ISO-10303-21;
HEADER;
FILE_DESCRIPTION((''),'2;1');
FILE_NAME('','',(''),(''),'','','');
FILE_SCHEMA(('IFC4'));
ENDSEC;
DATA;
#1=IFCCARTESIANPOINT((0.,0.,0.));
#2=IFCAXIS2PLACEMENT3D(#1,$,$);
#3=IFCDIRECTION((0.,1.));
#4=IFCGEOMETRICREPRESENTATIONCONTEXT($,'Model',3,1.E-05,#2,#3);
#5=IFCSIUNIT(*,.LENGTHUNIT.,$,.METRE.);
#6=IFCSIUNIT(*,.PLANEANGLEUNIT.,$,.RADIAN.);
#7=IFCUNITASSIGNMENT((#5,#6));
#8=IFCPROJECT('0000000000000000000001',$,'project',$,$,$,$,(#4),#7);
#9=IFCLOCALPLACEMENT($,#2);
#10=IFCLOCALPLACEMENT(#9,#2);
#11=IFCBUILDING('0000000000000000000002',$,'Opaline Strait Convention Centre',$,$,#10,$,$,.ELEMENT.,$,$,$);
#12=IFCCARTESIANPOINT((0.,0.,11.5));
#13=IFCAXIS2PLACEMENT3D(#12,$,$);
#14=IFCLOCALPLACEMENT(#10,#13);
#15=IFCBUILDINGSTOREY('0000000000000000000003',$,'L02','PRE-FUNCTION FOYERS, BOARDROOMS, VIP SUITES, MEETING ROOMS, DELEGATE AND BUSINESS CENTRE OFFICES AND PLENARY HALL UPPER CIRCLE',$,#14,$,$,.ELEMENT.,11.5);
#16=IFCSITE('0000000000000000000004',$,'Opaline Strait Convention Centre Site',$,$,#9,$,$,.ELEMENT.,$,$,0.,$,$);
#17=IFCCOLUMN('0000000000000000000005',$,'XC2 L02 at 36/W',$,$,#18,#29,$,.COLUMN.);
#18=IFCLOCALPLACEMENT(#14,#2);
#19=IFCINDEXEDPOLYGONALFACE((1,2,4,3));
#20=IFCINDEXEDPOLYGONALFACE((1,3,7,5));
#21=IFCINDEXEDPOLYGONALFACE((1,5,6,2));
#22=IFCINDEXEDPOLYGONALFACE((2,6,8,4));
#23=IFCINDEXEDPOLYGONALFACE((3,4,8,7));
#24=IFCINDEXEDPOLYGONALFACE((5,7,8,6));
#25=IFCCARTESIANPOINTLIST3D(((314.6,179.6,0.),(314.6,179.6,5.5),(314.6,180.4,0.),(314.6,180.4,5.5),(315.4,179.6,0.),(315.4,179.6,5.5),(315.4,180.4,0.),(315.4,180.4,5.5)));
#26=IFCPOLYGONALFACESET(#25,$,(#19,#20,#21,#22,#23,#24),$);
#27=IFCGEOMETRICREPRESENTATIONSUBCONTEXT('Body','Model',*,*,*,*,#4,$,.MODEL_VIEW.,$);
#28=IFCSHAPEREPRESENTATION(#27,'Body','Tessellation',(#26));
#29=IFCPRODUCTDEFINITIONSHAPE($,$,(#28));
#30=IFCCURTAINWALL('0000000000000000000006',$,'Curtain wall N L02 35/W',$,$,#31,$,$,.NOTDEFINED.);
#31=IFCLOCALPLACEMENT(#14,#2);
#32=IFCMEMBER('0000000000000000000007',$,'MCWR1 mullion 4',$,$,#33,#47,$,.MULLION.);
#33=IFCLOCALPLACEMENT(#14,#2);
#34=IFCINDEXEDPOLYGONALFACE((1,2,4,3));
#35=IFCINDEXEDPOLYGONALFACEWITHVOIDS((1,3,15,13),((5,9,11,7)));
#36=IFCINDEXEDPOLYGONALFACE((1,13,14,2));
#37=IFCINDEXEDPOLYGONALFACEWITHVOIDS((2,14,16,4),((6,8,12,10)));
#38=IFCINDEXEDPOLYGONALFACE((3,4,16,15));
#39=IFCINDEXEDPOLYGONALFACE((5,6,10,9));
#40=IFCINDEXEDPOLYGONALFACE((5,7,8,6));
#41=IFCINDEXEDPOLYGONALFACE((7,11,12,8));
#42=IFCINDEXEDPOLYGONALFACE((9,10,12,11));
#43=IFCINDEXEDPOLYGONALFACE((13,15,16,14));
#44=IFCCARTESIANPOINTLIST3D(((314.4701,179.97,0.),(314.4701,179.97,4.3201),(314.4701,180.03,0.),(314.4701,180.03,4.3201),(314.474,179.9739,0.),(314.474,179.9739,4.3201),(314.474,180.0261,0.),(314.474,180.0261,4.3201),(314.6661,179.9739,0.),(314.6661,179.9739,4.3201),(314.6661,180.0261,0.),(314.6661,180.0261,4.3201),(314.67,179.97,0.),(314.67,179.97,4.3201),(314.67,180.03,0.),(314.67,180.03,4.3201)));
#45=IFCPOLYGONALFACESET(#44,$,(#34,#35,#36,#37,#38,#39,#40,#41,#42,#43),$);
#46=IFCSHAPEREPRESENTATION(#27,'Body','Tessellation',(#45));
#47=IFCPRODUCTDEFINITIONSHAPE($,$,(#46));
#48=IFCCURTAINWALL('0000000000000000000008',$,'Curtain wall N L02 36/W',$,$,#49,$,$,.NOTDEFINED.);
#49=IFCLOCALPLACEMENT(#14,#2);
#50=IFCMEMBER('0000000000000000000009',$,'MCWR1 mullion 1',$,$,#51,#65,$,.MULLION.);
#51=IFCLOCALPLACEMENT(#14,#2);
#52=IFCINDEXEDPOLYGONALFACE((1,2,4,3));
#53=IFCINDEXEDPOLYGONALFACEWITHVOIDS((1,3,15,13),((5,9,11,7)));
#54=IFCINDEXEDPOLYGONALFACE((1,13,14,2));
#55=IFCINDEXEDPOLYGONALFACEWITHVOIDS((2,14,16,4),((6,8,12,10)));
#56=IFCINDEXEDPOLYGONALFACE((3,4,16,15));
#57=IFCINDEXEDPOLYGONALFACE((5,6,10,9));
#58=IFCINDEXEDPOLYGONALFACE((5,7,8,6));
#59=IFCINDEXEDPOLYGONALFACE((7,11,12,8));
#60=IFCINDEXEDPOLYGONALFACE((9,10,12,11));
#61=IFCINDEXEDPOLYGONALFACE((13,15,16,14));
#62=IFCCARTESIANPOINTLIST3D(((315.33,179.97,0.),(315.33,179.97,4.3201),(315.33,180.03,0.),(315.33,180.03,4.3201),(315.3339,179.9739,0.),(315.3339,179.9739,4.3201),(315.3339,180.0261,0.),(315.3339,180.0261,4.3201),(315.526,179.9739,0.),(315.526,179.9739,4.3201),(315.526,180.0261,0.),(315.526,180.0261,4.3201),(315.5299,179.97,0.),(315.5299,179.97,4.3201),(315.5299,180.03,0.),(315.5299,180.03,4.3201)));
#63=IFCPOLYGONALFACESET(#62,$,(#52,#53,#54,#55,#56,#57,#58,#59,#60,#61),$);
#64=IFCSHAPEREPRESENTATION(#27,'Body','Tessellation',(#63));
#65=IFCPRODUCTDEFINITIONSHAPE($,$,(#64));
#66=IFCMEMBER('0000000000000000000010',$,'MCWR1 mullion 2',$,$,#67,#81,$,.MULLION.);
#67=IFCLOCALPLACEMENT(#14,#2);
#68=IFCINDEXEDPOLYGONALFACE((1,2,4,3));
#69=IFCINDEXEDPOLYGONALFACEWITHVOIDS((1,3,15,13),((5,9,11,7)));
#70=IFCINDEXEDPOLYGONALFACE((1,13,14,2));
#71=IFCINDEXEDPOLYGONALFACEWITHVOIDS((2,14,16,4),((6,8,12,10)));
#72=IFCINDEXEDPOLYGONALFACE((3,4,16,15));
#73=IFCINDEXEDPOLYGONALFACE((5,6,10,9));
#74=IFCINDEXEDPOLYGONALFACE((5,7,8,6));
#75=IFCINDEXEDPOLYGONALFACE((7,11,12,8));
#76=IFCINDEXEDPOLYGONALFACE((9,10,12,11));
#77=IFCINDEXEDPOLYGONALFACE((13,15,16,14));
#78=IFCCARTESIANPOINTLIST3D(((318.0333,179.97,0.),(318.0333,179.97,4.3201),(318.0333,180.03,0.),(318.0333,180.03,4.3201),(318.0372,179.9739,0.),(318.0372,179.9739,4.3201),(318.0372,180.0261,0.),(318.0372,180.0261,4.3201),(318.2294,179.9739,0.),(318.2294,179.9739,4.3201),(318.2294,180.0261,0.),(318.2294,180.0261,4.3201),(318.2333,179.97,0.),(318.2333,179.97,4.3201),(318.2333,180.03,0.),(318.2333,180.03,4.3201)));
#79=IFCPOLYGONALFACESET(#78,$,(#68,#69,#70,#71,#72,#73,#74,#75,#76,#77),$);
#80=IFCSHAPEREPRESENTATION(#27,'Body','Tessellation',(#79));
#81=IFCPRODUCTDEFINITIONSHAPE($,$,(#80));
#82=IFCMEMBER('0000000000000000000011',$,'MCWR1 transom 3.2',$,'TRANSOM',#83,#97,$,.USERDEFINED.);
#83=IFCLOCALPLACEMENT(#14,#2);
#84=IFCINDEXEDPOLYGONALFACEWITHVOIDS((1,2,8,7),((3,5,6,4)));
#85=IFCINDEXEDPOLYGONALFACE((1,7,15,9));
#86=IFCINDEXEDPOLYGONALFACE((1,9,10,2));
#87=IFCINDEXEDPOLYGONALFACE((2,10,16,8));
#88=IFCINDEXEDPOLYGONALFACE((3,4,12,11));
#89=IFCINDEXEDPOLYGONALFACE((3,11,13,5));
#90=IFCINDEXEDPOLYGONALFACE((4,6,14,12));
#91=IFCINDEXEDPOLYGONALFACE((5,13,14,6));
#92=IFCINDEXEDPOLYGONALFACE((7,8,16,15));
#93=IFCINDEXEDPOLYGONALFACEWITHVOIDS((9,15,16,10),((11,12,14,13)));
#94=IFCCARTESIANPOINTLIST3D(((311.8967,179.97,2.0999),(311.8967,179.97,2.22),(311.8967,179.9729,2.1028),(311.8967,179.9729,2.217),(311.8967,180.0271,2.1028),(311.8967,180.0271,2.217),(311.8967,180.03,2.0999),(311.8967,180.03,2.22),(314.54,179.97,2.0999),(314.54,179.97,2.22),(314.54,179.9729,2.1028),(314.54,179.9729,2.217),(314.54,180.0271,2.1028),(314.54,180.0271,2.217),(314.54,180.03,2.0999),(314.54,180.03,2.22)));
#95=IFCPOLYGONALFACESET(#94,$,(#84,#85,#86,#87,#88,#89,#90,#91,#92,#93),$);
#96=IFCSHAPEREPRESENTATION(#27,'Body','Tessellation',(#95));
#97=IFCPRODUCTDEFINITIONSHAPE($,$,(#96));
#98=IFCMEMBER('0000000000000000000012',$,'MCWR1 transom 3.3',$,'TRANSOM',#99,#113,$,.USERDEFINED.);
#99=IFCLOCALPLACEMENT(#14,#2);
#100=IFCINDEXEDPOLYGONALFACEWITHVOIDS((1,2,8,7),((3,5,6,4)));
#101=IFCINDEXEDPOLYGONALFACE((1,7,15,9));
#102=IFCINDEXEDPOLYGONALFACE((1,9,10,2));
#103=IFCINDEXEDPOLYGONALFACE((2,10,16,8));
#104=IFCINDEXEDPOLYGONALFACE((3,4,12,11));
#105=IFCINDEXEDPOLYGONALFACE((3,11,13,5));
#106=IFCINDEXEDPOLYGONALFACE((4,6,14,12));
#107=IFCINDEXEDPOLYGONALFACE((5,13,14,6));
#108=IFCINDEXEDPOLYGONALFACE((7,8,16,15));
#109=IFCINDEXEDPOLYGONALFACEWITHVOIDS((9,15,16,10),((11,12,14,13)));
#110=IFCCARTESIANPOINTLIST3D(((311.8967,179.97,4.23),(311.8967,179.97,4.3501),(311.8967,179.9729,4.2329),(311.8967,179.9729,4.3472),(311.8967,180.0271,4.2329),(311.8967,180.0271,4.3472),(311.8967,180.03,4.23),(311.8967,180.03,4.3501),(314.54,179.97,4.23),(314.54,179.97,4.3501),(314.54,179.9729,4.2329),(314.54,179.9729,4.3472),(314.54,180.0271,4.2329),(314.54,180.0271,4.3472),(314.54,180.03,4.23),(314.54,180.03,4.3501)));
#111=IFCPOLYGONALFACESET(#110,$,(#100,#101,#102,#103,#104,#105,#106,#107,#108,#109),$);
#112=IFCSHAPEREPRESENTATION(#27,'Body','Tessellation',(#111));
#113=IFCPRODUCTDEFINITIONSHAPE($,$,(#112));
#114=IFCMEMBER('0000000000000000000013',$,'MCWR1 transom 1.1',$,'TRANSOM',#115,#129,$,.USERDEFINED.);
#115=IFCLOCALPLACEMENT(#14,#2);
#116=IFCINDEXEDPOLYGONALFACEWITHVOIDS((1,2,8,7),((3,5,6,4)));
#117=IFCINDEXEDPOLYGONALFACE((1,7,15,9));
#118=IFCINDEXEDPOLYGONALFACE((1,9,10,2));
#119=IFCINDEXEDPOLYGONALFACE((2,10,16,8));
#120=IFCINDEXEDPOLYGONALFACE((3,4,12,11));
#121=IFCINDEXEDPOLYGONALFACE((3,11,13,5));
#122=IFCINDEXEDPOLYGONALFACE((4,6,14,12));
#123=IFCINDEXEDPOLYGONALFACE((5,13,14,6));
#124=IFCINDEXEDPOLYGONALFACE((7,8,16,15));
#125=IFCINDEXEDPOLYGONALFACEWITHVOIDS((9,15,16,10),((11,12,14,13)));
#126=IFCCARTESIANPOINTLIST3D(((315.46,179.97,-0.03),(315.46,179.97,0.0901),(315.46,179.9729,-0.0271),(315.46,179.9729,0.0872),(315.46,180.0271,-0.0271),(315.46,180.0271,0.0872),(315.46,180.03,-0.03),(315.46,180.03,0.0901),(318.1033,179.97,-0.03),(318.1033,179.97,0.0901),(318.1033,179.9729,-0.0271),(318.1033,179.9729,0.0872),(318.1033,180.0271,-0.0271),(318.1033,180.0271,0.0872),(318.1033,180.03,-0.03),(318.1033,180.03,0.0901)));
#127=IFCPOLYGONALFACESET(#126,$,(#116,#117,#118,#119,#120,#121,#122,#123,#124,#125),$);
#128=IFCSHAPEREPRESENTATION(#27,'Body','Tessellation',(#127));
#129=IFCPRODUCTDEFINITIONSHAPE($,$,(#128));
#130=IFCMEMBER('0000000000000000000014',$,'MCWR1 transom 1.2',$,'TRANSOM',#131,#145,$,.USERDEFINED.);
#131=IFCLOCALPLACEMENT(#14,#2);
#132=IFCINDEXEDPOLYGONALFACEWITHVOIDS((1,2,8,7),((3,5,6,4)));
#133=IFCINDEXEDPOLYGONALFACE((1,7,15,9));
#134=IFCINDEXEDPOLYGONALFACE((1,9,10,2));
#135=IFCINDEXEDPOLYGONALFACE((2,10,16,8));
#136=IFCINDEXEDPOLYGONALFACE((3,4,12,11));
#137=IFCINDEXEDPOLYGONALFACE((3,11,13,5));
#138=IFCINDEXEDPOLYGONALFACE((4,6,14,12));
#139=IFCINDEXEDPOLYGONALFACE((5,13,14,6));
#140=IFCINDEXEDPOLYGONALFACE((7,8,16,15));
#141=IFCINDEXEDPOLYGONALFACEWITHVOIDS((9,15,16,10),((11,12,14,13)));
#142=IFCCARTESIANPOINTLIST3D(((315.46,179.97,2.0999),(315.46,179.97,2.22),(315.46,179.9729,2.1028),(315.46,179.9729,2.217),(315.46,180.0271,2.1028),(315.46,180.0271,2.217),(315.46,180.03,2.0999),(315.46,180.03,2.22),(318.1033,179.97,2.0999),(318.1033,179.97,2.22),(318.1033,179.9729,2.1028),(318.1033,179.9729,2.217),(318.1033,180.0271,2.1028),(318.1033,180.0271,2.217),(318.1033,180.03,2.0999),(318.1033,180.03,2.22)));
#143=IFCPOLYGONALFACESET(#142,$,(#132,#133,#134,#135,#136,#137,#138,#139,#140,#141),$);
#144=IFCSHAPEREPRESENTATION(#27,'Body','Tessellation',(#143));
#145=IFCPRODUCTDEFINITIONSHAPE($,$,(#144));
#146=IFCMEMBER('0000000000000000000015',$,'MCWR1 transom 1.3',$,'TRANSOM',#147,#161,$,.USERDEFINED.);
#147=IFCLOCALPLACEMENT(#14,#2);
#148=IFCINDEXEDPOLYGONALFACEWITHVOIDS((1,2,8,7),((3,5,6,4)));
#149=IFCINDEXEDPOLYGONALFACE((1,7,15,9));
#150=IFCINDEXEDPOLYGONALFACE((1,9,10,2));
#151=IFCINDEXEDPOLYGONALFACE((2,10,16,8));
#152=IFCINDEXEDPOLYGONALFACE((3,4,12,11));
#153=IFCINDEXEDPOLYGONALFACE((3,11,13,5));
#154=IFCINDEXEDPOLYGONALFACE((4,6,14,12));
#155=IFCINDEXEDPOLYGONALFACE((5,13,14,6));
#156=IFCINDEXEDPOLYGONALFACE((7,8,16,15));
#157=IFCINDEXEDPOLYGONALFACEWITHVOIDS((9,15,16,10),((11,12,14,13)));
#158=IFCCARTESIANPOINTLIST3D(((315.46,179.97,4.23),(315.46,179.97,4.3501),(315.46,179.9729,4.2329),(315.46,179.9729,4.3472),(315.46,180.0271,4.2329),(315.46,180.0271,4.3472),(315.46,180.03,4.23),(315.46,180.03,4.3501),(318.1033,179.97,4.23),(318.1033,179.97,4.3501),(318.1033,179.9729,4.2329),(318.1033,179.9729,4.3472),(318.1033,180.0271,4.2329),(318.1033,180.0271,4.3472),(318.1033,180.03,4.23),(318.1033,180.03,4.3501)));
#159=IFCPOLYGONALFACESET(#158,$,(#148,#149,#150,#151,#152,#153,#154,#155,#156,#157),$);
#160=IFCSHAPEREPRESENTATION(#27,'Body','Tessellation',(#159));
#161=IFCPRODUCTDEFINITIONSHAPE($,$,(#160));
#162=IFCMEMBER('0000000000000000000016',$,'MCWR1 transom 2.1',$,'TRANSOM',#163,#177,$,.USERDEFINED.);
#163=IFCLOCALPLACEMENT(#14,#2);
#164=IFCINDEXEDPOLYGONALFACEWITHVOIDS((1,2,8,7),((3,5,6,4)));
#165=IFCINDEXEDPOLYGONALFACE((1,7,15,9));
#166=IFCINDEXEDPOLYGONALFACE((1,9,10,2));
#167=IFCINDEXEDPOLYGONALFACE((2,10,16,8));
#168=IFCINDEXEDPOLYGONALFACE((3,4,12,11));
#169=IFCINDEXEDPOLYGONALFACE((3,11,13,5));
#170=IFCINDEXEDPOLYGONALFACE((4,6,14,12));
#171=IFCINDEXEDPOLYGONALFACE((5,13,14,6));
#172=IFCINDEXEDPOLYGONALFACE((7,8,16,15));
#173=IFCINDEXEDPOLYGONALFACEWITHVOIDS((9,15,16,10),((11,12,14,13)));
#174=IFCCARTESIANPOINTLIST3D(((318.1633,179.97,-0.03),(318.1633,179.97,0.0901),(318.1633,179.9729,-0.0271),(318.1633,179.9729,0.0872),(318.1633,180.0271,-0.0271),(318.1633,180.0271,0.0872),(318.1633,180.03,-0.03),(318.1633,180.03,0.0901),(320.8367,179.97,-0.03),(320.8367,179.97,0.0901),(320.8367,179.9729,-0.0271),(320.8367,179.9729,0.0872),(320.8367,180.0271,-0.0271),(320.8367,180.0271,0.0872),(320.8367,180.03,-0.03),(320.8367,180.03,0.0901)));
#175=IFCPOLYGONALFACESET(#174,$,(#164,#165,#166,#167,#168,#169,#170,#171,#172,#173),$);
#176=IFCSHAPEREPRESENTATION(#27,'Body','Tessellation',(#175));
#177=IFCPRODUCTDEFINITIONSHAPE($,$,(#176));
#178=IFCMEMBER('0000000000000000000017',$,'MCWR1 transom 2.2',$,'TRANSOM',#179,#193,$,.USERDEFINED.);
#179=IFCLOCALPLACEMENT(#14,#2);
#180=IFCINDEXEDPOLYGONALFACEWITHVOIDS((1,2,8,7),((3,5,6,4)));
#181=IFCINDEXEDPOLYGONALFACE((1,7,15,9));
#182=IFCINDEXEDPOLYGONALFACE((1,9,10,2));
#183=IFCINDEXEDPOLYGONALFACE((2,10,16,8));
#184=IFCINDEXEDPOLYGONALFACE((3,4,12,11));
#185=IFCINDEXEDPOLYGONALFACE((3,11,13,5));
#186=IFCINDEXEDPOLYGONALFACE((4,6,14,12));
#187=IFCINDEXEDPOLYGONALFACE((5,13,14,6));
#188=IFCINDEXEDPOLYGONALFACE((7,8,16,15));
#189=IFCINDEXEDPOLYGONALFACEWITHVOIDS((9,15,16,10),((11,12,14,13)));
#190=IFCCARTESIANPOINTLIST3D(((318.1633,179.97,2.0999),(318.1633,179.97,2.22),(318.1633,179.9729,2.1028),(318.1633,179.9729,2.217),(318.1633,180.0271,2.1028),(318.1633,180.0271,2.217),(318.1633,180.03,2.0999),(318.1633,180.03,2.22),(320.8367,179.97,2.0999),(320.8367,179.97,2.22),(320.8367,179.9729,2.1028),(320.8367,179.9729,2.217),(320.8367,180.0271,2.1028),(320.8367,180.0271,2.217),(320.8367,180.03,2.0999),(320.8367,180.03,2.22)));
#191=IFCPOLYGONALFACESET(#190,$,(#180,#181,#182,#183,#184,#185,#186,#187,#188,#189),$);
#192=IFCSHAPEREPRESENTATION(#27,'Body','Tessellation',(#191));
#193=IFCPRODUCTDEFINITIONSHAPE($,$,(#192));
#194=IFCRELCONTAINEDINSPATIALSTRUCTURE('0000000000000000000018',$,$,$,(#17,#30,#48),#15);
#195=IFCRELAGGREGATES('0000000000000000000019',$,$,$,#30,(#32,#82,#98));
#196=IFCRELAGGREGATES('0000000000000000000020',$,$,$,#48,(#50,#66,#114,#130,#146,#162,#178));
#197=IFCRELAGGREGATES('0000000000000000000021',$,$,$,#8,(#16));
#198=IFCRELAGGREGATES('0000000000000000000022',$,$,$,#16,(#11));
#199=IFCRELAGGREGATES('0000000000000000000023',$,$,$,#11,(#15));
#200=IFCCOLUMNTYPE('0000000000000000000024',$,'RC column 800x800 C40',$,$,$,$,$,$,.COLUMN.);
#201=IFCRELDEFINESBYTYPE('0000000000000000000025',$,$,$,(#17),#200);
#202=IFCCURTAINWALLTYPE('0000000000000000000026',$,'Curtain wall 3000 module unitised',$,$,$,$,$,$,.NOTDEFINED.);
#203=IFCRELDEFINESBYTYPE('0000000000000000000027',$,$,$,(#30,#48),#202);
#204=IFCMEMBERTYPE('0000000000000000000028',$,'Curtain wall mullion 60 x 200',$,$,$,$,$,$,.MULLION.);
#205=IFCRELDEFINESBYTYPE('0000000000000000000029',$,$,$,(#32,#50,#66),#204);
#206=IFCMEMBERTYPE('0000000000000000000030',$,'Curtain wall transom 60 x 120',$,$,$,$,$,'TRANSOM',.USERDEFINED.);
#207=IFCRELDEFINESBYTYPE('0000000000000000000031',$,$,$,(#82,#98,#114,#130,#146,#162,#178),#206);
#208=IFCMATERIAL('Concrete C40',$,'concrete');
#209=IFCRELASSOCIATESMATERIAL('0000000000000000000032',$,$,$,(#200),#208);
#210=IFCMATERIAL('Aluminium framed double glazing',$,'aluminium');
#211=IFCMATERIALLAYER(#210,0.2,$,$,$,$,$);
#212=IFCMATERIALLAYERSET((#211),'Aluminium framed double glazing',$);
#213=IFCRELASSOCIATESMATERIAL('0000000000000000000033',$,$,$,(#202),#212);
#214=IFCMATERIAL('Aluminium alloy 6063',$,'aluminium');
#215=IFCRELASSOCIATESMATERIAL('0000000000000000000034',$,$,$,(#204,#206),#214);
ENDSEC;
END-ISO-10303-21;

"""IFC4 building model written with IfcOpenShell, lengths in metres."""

from ifc_helpers import new_model, si_unit, direction, frame, origin, origin_2d, place, context, subcontext, project, spatial, rectangle, hollow_rectangle, extrude, material, layer, layer_set, material_profile, profile_set, type_object, element, aggregate, save


model = new_model("IFC4")

# Units and contexts
model_context = context("Model", 3, precision=1e-05, world=origin(), true_north=direction((0.0, 1.0)))
body_context = subcontext(model_context, "Body", "Model", "MODEL_VIEW")
ifc_project = project(units=[si_unit("LENGTHUNIT", "METRE"), si_unit("PLANEANGLEUNIT", "RADIAN")], contexts=[model_context])

# Site, building, storey
site_placement = place(None, origin())
site = spatial("IfcSite", under=ifc_project, at=site_placement, Name="Opaline Strait Convention Centre Site", CompositionType="ELEMENT", RefElevation=0.0)
building_placement = place(site_placement, origin())
building = spatial("IfcBuilding", under=site, at=building_placement, Name="Opaline Strait Convention Centre", CompositionType="ELEMENT")
storey_placement = place(building_placement, frame((0.0, 0.0, 11.5)))
storey = spatial("IfcBuildingStorey", under=building, at=storey_placement, Name="L02", Description="PRE-FUNCTION FOYERS, BOARDROOMS, VIP SUITES, MEETING ROOMS, DELEGATE AND BUSINESS CENTRE OFFICES AND PLENARY HALL UPPER CIRCLE", CompositionType="ELEMENT", Elevation=11.5)

# Column
ifc_material_1 = material(Name="Concrete C40", Category="concrete")
ifc_material_profile_1 = material_profile(ifc_material_1, rectangle(XDim=0.8, YDim=0.8, at=origin_2d()), Name="RC 800x800")
ifc_profile_set_1 = profile_set([ifc_material_profile_1], Name="Concrete C40")
column_type = type_object("IfcColumnType", Name="RC column 800x800 C40", PredefinedType="COLUMN", material=ifc_profile_set_1)
column_placement = place(storey_placement, frame((315.0, 180.0, 0.0), z_axis=(0.0, 0.0, 1.0), x_axis=(1.0, 0.0, 0.0)))
element("IfcColumn", 1, at=column_placement, inside=storey, type_object=column_type, Name="XC2 L02 at 36/W", PredefinedType="COLUMN", context=body_context, shape_type="SweptSolid", body=[
    extrude(rectangle(XDim=0.8, YDim=0.8, at=origin_2d()), origin(), (0.0, 0.0, 1.0), 5.5),
])

# Curtain wall, member
ifc_material_2 = material(Name="Aluminium framed double glazing", Category="aluminium")
ifc_layer_1 = layer(ifc_material_2, 0.2)
ifc_layer_set_1 = layer_set([ifc_layer_1], Name="Aluminium framed double glazing")
curtain_wall_type = type_object("IfcCurtainWallType", Name="Curtain wall 3000 module unitised", PredefinedType="NOTDEFINED", material=ifc_layer_set_1)
curtain_wall_1_placement = place(storey_placement, origin())
curtain_wall_1 = element("IfcCurtainWall", 2, at=curtain_wall_1_placement, inside=storey, type_object=curtain_wall_type, Name="Curtain wall N L02 35/W", PredefinedType="NOTDEFINED")
ifc_material_3 = material(Name="Aluminium alloy 6063", Category="aluminium")
ifc_material_profile_2 = material_profile(ifc_material_3, hollow_rectangle(XDim=0.0601, YDim=0.2, WallThickness=0.0039, at=origin_2d()), Name="MULLION 60x200x4")
ifc_profile_set_2 = profile_set([ifc_material_profile_2], Name="Aluminium alloy 6063")
member_type_1 = type_object("IfcMemberType", Name="Curtain wall mullion 60 x 200", PredefinedType="MULLION", material=ifc_profile_set_2)
member_1_placement = place(storey_placement, frame((314.5701, 180.0, 0.0), z_axis=(0.0, 0.0, 1.0), x_axis=(0.0, 1.0, 0.0)))
member_1 = element("IfcMember", 3, at=member_1_placement, type_object=member_type_1, Name="MCWR1 mullion 4", PredefinedType="MULLION", context=body_context, shape_type="SweptSolid", body=[
    extrude(hollow_rectangle(XDim=0.0601, YDim=0.2, WallThickness=0.0039, at=origin_2d()), origin(), (0.0, 0.0, 1.0), 4.3201),
])

# Curtain wall, members
curtain_wall_2_placement = place(storey_placement, origin())
curtain_wall_2 = element("IfcCurtainWall", 4, at=curtain_wall_2_placement, inside=storey, type_object=curtain_wall_type, Name="Curtain wall N L02 36/W", PredefinedType="NOTDEFINED")
member_2_placement = place(storey_placement, frame((315.4299, 180.0, 0.0), z_axis=(0.0, 0.0, 1.0), x_axis=(0.0, 1.0, 0.0)))
member_2 = element("IfcMember", 5, at=member_2_placement, type_object=member_type_1, Name="MCWR1 mullion 1", PredefinedType="MULLION", context=body_context, shape_type="SweptSolid", body=[
    extrude(hollow_rectangle(XDim=0.0601, YDim=0.2, WallThickness=0.0039, at=origin_2d()), origin(), (0.0, 0.0, 1.0), 4.3201),
])
member_3_placement = place(storey_placement, frame((318.1333, 180.0, 0.0), z_axis=(0.0, 0.0, 1.0), x_axis=(0.0, 1.0, 0.0)))
member_3 = element("IfcMember", 6, at=member_3_placement, type_object=member_type_1, Name="MCWR1 mullion 2", PredefinedType="MULLION", context=body_context, shape_type="SweptSolid", body=[
    extrude(hollow_rectangle(XDim=0.0601, YDim=0.2, WallThickness=0.0039, at=origin_2d()), origin(), (0.0, 0.0, 1.0), 4.3201),
])

# Members
ifc_material_profile_3 = material_profile(ifc_material_3, hollow_rectangle(XDim=0.0601, YDim=0.1201, WallThickness=0.0029, at=origin_2d()), Name="TRANSOM 60x120x3")
ifc_profile_set_3 = profile_set([ifc_material_profile_3], Name="Aluminium alloy 6063")
member_type_2 = type_object("IfcMemberType", Name="Curtain wall transom 60 x 120", ElementType="TRANSOM", PredefinedType="USERDEFINED", material=ifc_profile_set_3)
member_4_placement = place(storey_placement, frame((311.8967, 180.0, 2.1599), z_axis=(1.0, 0.0, 0.0), x_axis=(0.0, 1.0, 0.0)))
member_4 = element("IfcMember", 7, at=member_4_placement, type_object=member_type_2, Name="MCWR1 transom 3.2", ObjectType="TRANSOM", PredefinedType="USERDEFINED", context=body_context, shape_type="SweptSolid", body=[
    extrude(hollow_rectangle(XDim=0.0601, YDim=0.1201, WallThickness=0.0029, at=origin_2d()), origin(), (0.0, 0.0, 1.0), 2.6433),
])
member_5_placement = place(storey_placement, frame((311.8967, 180.0, 4.29), z_axis=(1.0, 0.0, 0.0), x_axis=(0.0, 1.0, 0.0)))
member_5 = element("IfcMember", 8, at=member_5_placement, type_object=member_type_2, Name="MCWR1 transom 3.3", ObjectType="TRANSOM", PredefinedType="USERDEFINED", context=body_context, shape_type="SweptSolid", body=[
    extrude(hollow_rectangle(XDim=0.0601, YDim=0.1201, WallThickness=0.0029, at=origin_2d()), origin(), (0.0, 0.0, 1.0), 2.6433),
])
member_6_placement = place(storey_placement, frame((315.46, 180.0, 0.03), z_axis=(1.0, 0.0, 0.0), x_axis=(0.0, 1.0, 0.0)))
member_6 = element("IfcMember", 9, at=member_6_placement, type_object=member_type_2, Name="MCWR1 transom 1.1", ObjectType="TRANSOM", PredefinedType="USERDEFINED", context=body_context, shape_type="SweptSolid", body=[
    extrude(hollow_rectangle(XDim=0.0601, YDim=0.1201, WallThickness=0.0029, at=origin_2d()), origin(), (0.0, 0.0, 1.0), 2.6433),
])
member_7_placement = place(storey_placement, frame((315.46, 180.0, 2.1599), z_axis=(1.0, 0.0, 0.0), x_axis=(0.0, 1.0, 0.0)))
member_7 = element("IfcMember", 10, at=member_7_placement, type_object=member_type_2, Name="MCWR1 transom 1.2", ObjectType="TRANSOM", PredefinedType="USERDEFINED", context=body_context, shape_type="SweptSolid", body=[
    extrude(hollow_rectangle(XDim=0.0601, YDim=0.1201, WallThickness=0.0029, at=origin_2d()), origin(), (0.0, 0.0, 1.0), 2.6433),
])
member_8_placement = place(storey_placement, frame((315.46, 180.0, 4.29), z_axis=(1.0, 0.0, 0.0), x_axis=(0.0, 1.0, 0.0)))
member_8 = element("IfcMember", 11, at=member_8_placement, type_object=member_type_2, Name="MCWR1 transom 1.3", ObjectType="TRANSOM", PredefinedType="USERDEFINED", context=body_context, shape_type="SweptSolid", body=[
    extrude(hollow_rectangle(XDim=0.0601, YDim=0.1201, WallThickness=0.0029, at=origin_2d()), origin(), (0.0, 0.0, 1.0), 2.6433),
])
member_9_placement = place(storey_placement, frame((318.1633, 180.0, 0.03), z_axis=(1.0, 0.0, 0.0), x_axis=(0.0, 1.0, 0.0)))
member_9 = element("IfcMember", 12, at=member_9_placement, type_object=member_type_2, Name="MCWR1 transom 2.1", ObjectType="TRANSOM", PredefinedType="USERDEFINED", context=body_context, shape_type="SweptSolid", body=[
    extrude(hollow_rectangle(XDim=0.0601, YDim=0.1201, WallThickness=0.0029, at=origin_2d()), origin(), (0.0, 0.0, 1.0), 2.6733),
])
member_10_placement = place(storey_placement, frame((318.1633, 180.0, 2.1599), z_axis=(1.0, 0.0, 0.0), x_axis=(0.0, 1.0, 0.0)))
member_10 = element("IfcMember", 13, at=member_10_placement, type_object=member_type_2, Name="MCWR1 transom 2.2", ObjectType="TRANSOM", PredefinedType="USERDEFINED", context=body_context, shape_type="SweptSolid", body=[
    extrude(hollow_rectangle(XDim=0.0601, YDim=0.1201, WallThickness=0.0029, at=origin_2d()), origin(), (0.0, 0.0, 1.0), 2.6733),
])

aggregate(curtain_wall_1, [member_1, member_4, member_5])
aggregate(curtain_wall_2, [member_2, member_3, member_6, member_7, member_8, member_9, member_10])

save(model, "model.ifc")
